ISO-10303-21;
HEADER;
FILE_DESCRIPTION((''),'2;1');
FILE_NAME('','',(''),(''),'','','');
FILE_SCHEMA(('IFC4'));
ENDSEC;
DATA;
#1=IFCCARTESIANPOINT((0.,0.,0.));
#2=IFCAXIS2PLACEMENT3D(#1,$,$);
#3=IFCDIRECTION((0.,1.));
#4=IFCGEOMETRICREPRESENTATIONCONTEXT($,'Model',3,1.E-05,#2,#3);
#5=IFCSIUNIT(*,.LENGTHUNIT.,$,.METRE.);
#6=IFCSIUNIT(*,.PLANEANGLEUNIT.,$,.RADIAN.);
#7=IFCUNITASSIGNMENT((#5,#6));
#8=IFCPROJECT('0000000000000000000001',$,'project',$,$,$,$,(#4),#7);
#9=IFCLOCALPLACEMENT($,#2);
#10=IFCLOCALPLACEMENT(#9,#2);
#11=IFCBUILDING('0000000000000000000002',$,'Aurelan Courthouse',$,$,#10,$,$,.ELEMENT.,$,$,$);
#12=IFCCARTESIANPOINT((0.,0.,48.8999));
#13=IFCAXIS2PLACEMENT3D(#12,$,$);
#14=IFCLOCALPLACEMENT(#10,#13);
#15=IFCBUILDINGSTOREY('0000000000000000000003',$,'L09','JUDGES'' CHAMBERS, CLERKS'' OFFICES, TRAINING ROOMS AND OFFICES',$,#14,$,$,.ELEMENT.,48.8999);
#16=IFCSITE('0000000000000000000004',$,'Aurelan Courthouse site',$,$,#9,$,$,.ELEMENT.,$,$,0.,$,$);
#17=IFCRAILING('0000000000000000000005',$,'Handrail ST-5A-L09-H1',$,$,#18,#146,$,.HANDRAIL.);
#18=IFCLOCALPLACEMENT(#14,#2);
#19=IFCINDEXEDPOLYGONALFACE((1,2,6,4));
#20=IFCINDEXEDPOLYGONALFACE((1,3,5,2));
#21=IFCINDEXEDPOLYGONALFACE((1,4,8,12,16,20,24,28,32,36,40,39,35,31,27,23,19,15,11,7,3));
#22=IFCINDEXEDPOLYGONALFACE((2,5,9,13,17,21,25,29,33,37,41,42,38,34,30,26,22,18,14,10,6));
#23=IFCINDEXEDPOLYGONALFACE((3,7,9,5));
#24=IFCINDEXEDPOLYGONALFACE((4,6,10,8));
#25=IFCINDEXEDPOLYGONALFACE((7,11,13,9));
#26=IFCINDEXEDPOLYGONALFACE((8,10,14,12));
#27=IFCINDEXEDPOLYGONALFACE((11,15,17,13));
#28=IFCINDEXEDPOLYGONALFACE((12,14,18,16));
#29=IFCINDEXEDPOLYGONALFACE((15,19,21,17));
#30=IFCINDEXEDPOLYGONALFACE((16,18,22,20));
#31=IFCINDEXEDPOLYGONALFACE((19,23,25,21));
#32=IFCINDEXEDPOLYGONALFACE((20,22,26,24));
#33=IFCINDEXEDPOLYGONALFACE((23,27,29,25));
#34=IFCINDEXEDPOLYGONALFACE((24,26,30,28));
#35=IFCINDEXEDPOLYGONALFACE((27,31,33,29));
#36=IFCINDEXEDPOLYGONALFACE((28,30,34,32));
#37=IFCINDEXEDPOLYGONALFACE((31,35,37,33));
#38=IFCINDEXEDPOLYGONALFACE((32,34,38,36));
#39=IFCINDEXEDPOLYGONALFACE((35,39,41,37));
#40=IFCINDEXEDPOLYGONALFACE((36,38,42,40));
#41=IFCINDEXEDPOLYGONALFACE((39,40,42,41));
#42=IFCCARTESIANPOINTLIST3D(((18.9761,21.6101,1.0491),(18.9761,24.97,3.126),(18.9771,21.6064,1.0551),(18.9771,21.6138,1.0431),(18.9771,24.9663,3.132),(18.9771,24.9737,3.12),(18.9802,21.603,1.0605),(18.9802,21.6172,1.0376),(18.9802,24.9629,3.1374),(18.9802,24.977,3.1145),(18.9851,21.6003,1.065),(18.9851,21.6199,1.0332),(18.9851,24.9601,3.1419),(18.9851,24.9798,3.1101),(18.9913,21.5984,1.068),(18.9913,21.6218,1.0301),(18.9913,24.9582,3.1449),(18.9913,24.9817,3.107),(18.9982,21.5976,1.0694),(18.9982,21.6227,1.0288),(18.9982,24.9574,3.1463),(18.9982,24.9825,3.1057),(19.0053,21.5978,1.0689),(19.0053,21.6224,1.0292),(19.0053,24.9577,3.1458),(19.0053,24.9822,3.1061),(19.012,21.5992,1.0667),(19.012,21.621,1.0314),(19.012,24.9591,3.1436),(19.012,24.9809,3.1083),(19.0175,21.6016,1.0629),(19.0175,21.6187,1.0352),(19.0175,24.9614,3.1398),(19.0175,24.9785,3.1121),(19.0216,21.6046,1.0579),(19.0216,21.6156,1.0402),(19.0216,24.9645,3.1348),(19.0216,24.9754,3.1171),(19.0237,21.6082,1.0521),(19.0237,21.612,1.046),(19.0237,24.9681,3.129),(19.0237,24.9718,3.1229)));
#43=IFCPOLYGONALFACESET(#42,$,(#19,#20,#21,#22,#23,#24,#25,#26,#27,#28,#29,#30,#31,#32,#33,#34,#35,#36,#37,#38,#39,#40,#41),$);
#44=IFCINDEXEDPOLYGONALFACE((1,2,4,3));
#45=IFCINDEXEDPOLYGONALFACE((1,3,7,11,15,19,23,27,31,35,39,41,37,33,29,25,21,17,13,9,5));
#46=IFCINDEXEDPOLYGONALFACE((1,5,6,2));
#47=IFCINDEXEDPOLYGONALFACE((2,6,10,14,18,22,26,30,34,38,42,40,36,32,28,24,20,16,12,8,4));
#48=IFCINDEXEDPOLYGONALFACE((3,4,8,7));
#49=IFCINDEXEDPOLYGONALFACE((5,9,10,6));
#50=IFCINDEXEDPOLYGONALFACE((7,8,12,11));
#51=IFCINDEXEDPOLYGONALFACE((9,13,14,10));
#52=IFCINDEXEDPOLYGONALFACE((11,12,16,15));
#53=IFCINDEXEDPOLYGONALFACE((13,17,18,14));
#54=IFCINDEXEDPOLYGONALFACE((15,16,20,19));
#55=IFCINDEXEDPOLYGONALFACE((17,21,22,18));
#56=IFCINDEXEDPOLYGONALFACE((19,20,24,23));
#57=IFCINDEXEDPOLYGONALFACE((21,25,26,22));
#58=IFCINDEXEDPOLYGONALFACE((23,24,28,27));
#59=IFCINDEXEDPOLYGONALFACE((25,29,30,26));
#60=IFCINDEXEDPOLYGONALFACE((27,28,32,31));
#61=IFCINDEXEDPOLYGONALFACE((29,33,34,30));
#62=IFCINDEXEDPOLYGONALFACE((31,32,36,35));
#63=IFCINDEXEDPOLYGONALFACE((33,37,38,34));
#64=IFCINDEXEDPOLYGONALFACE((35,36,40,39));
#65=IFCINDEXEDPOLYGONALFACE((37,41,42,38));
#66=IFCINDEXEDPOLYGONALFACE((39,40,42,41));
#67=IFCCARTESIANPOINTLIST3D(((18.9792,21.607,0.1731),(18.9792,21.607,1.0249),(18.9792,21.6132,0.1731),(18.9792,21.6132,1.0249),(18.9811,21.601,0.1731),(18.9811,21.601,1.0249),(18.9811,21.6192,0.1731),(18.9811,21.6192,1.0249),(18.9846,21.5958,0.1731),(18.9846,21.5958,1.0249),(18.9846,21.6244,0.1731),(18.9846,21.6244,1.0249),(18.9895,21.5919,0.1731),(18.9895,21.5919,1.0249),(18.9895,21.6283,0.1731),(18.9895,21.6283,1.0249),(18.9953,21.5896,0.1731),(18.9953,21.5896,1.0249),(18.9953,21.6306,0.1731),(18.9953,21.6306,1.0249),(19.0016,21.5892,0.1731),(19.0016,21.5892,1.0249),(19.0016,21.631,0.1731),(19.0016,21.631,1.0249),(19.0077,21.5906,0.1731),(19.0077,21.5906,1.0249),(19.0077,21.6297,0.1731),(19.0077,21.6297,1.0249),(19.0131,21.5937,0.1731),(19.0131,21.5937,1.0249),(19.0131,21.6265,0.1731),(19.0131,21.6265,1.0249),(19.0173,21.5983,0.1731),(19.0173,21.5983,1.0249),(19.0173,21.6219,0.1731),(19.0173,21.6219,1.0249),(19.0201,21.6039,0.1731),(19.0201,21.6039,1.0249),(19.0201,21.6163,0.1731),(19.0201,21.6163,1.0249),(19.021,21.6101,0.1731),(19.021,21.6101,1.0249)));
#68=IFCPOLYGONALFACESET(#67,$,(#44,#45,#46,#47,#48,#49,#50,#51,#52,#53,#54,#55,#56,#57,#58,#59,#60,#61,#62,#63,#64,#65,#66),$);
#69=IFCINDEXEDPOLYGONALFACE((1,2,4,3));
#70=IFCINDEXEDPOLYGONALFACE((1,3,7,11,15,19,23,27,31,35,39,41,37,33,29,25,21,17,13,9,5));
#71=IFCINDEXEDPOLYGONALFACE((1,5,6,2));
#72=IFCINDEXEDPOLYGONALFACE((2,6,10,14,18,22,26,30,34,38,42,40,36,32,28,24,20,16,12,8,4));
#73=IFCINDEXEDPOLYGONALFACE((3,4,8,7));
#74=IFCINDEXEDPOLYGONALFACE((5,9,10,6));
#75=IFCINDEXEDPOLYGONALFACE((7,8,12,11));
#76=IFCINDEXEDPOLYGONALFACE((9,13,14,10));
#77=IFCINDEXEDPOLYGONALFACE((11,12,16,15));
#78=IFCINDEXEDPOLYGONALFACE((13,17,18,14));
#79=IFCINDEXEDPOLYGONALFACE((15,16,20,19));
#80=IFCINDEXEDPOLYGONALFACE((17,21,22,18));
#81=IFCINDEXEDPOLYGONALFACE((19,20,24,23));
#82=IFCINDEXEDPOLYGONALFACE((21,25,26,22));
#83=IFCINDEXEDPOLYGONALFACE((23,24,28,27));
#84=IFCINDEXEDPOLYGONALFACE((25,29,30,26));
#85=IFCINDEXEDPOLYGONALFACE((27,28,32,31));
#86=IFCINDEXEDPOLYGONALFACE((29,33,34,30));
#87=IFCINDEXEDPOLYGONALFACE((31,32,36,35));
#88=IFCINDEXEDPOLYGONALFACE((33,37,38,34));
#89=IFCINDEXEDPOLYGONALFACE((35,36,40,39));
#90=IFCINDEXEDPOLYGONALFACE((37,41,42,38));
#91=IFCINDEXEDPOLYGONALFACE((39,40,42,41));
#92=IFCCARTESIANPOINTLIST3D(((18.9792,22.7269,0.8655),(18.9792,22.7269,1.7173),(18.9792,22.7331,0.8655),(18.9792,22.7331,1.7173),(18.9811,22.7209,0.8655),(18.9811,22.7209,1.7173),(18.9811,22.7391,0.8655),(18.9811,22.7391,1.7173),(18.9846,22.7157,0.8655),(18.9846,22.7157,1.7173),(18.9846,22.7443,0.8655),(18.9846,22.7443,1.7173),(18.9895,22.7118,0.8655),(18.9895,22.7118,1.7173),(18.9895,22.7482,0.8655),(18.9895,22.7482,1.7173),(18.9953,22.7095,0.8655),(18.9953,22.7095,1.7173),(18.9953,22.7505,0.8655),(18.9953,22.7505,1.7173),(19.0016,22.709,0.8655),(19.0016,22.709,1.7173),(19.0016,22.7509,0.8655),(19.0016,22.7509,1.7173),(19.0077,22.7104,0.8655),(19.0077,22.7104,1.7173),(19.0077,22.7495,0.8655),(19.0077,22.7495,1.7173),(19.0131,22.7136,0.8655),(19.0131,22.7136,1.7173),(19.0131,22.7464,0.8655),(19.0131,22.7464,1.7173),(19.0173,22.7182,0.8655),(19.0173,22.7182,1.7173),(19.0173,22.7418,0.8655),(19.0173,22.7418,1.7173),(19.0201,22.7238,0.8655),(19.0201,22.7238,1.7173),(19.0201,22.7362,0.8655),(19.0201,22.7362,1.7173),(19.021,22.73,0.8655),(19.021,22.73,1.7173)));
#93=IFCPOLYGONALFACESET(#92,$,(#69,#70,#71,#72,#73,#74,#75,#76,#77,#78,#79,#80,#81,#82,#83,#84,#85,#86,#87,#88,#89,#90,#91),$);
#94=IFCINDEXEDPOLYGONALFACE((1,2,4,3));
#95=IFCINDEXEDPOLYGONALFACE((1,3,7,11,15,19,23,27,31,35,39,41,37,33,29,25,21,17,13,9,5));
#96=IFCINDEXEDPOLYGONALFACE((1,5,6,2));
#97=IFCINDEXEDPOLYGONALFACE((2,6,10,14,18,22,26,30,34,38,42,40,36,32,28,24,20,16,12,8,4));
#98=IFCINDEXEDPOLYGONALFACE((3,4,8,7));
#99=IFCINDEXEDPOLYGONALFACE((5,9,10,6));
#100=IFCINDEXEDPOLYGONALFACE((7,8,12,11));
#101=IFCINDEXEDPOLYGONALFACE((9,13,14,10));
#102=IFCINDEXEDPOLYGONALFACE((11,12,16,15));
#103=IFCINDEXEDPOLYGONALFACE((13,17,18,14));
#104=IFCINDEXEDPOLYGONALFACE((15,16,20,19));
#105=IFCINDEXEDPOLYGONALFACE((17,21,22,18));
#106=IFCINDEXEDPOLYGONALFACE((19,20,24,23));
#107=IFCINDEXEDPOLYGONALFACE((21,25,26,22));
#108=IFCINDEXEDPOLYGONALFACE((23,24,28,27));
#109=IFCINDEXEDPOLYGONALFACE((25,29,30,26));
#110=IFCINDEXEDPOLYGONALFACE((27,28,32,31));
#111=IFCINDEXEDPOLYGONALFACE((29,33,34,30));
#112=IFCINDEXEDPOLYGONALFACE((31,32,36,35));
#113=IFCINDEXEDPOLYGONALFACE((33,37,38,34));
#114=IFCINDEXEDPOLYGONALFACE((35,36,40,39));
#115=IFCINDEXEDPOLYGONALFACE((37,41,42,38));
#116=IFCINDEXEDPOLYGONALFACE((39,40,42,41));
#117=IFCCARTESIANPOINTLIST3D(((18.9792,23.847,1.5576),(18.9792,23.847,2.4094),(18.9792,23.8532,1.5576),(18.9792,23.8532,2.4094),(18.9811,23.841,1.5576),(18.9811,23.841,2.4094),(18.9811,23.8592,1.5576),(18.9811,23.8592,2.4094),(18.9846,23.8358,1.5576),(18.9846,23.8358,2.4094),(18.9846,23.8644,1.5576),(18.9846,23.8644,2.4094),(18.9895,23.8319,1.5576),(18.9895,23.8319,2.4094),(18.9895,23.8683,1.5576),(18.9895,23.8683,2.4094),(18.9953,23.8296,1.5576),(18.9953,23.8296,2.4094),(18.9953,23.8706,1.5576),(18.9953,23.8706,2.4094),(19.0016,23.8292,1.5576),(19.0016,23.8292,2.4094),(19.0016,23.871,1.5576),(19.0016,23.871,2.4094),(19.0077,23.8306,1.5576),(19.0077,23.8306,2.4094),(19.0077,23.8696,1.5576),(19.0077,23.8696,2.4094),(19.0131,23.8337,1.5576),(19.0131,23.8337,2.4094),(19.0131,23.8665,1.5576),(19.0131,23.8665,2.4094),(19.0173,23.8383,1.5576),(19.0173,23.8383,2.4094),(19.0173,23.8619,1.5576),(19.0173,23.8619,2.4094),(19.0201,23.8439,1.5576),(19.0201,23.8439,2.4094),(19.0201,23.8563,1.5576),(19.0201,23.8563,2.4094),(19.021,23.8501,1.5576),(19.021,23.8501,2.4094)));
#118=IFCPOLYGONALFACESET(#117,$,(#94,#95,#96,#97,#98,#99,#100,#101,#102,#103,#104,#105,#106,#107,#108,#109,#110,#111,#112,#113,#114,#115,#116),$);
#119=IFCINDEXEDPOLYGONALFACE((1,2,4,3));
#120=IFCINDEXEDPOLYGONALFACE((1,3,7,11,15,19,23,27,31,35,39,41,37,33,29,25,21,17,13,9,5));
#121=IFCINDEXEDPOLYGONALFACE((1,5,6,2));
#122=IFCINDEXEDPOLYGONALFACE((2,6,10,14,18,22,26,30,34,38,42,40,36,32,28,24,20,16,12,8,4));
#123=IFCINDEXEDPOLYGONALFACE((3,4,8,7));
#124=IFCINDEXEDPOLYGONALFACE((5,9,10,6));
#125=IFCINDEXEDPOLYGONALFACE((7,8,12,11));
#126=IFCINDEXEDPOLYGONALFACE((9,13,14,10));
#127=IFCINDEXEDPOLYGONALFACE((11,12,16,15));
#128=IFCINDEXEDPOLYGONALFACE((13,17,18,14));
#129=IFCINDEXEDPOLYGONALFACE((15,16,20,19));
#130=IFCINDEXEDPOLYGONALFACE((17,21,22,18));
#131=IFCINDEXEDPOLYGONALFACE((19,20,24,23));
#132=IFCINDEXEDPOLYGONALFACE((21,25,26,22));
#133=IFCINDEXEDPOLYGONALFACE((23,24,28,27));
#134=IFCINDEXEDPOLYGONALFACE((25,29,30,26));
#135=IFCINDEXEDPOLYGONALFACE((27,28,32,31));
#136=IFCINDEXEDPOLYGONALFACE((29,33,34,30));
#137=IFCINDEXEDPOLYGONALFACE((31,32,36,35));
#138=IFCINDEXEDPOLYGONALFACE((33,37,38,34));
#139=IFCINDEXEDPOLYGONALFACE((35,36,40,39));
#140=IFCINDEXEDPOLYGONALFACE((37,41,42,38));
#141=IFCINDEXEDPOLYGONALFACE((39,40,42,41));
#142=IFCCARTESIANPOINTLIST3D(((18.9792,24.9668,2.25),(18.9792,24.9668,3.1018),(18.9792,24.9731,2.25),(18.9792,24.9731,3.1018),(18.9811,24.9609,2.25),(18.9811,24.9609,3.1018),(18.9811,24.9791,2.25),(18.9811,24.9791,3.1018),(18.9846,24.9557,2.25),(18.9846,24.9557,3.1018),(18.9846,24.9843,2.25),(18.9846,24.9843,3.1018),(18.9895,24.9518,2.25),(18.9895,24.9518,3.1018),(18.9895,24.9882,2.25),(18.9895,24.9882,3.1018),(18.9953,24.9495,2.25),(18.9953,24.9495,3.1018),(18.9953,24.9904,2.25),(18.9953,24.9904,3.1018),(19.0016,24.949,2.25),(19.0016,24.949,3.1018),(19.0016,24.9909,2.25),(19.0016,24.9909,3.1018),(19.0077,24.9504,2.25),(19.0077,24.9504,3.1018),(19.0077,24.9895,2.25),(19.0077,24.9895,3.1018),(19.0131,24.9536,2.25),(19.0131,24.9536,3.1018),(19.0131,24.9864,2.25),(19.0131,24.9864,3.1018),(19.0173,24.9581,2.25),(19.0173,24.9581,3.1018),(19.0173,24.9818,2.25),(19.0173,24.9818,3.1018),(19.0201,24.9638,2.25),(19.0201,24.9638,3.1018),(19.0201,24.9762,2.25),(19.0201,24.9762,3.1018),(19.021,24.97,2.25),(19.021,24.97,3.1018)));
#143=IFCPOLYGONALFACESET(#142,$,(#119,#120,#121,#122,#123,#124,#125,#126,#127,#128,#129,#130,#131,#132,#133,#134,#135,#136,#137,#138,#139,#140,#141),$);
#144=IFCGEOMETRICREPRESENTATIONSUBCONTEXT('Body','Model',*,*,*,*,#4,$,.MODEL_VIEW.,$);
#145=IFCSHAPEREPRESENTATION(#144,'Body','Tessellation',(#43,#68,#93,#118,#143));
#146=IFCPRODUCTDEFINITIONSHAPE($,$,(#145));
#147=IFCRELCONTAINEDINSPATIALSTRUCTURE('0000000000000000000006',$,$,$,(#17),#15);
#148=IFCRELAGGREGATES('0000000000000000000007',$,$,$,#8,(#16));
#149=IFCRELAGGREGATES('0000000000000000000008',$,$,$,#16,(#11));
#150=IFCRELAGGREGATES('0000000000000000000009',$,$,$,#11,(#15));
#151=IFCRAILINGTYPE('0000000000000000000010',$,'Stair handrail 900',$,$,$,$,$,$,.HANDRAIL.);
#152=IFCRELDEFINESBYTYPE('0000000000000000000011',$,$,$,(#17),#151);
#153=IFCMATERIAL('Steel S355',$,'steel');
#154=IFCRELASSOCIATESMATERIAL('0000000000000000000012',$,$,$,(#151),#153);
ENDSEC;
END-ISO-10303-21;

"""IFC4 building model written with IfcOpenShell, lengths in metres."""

from ifc_helpers import new_model, si_unit, direction, frame, origin, origin_2d, place, context, subcontext, project, spatial, circle, extrude, material, type_object, element, save


model = new_model("IFC4")

# Units and contexts
model_context = context("Model", 3, precision=1e-05, world=origin(), true_north=direction((0.0, 1.0)))
body_context = subcontext(model_context, "Body", "Model", "MODEL_VIEW")
ifc_project = project(units=[si_unit("LENGTHUNIT", "METRE"), si_unit("PLANEANGLEUNIT", "RADIAN")], contexts=[model_context])

# Site, building, storey
site_placement = place(None, origin())
site = spatial("IfcSite", under=ifc_project, at=site_placement, Name="Aurelan Courthouse site", CompositionType="ELEMENT", RefElevation=0.0)
building_placement = place(site_placement, origin())
building = spatial("IfcBuilding", under=site, at=building_placement, Name="Aurelan Courthouse", CompositionType="ELEMENT")
storey_placement = place(building_placement, frame((0.0, 0.0, 48.8999)))
storey = spatial("IfcBuildingStorey", under=building, at=storey_placement, Name="L09", Description="JUDGES' CHAMBERS, CLERKS' OFFICES, TRAINING ROOMS AND OFFICES", CompositionType="ELEMENT", Elevation=48.8999)

# Railing
ifc_material_1 = material(Name="Steel S355", Category="steel")
railing_type = type_object("IfcRailingType", Name="Stair handrail 900", PredefinedType="HANDRAIL", material=ifc_material_1)
for number, where, name in (
    (1, (19.0, 21.6101, 0.1731), "Handrail ST-5A-L09-H1"),
):
    element("IfcRailing", number, at=place(storey_placement, frame(where)), inside=storey, type_object=railing_type, Name=name, PredefinedType="HANDRAIL", context=body_context, shape_type="SweptSolid", body=[
        extrude(circle(Radius=0.0239, at=origin_2d()), frame((0.0, 0.0, 0.876), z_axis=(0.0, 0.850606, 0.525803), x_axis=(-1.0, 0.0, 0.0)), (0.0, 0.0, 1.0), 3.95),
        extrude(circle(Radius=0.021, at=origin_2d()), origin(), (0.0, 0.0, 1.0), 0.8518),
        extrude(circle(Radius=0.021, at=origin_2d()), frame((0.0, 1.1199, 0.6924)), (0.0, 0.0, 1.0), 0.8518),
        extrude(circle(Radius=0.021, at=origin_2d()), frame((0.0, 2.24, 1.3845)), (0.0, 0.0, 1.0), 0.8518),
        extrude(circle(Radius=0.021, at=origin_2d()), frame((0.0, 3.3599, 2.0769)), (0.0, 0.0, 1.0), 0.8518),
    ])

save(model, "model.ifc")
